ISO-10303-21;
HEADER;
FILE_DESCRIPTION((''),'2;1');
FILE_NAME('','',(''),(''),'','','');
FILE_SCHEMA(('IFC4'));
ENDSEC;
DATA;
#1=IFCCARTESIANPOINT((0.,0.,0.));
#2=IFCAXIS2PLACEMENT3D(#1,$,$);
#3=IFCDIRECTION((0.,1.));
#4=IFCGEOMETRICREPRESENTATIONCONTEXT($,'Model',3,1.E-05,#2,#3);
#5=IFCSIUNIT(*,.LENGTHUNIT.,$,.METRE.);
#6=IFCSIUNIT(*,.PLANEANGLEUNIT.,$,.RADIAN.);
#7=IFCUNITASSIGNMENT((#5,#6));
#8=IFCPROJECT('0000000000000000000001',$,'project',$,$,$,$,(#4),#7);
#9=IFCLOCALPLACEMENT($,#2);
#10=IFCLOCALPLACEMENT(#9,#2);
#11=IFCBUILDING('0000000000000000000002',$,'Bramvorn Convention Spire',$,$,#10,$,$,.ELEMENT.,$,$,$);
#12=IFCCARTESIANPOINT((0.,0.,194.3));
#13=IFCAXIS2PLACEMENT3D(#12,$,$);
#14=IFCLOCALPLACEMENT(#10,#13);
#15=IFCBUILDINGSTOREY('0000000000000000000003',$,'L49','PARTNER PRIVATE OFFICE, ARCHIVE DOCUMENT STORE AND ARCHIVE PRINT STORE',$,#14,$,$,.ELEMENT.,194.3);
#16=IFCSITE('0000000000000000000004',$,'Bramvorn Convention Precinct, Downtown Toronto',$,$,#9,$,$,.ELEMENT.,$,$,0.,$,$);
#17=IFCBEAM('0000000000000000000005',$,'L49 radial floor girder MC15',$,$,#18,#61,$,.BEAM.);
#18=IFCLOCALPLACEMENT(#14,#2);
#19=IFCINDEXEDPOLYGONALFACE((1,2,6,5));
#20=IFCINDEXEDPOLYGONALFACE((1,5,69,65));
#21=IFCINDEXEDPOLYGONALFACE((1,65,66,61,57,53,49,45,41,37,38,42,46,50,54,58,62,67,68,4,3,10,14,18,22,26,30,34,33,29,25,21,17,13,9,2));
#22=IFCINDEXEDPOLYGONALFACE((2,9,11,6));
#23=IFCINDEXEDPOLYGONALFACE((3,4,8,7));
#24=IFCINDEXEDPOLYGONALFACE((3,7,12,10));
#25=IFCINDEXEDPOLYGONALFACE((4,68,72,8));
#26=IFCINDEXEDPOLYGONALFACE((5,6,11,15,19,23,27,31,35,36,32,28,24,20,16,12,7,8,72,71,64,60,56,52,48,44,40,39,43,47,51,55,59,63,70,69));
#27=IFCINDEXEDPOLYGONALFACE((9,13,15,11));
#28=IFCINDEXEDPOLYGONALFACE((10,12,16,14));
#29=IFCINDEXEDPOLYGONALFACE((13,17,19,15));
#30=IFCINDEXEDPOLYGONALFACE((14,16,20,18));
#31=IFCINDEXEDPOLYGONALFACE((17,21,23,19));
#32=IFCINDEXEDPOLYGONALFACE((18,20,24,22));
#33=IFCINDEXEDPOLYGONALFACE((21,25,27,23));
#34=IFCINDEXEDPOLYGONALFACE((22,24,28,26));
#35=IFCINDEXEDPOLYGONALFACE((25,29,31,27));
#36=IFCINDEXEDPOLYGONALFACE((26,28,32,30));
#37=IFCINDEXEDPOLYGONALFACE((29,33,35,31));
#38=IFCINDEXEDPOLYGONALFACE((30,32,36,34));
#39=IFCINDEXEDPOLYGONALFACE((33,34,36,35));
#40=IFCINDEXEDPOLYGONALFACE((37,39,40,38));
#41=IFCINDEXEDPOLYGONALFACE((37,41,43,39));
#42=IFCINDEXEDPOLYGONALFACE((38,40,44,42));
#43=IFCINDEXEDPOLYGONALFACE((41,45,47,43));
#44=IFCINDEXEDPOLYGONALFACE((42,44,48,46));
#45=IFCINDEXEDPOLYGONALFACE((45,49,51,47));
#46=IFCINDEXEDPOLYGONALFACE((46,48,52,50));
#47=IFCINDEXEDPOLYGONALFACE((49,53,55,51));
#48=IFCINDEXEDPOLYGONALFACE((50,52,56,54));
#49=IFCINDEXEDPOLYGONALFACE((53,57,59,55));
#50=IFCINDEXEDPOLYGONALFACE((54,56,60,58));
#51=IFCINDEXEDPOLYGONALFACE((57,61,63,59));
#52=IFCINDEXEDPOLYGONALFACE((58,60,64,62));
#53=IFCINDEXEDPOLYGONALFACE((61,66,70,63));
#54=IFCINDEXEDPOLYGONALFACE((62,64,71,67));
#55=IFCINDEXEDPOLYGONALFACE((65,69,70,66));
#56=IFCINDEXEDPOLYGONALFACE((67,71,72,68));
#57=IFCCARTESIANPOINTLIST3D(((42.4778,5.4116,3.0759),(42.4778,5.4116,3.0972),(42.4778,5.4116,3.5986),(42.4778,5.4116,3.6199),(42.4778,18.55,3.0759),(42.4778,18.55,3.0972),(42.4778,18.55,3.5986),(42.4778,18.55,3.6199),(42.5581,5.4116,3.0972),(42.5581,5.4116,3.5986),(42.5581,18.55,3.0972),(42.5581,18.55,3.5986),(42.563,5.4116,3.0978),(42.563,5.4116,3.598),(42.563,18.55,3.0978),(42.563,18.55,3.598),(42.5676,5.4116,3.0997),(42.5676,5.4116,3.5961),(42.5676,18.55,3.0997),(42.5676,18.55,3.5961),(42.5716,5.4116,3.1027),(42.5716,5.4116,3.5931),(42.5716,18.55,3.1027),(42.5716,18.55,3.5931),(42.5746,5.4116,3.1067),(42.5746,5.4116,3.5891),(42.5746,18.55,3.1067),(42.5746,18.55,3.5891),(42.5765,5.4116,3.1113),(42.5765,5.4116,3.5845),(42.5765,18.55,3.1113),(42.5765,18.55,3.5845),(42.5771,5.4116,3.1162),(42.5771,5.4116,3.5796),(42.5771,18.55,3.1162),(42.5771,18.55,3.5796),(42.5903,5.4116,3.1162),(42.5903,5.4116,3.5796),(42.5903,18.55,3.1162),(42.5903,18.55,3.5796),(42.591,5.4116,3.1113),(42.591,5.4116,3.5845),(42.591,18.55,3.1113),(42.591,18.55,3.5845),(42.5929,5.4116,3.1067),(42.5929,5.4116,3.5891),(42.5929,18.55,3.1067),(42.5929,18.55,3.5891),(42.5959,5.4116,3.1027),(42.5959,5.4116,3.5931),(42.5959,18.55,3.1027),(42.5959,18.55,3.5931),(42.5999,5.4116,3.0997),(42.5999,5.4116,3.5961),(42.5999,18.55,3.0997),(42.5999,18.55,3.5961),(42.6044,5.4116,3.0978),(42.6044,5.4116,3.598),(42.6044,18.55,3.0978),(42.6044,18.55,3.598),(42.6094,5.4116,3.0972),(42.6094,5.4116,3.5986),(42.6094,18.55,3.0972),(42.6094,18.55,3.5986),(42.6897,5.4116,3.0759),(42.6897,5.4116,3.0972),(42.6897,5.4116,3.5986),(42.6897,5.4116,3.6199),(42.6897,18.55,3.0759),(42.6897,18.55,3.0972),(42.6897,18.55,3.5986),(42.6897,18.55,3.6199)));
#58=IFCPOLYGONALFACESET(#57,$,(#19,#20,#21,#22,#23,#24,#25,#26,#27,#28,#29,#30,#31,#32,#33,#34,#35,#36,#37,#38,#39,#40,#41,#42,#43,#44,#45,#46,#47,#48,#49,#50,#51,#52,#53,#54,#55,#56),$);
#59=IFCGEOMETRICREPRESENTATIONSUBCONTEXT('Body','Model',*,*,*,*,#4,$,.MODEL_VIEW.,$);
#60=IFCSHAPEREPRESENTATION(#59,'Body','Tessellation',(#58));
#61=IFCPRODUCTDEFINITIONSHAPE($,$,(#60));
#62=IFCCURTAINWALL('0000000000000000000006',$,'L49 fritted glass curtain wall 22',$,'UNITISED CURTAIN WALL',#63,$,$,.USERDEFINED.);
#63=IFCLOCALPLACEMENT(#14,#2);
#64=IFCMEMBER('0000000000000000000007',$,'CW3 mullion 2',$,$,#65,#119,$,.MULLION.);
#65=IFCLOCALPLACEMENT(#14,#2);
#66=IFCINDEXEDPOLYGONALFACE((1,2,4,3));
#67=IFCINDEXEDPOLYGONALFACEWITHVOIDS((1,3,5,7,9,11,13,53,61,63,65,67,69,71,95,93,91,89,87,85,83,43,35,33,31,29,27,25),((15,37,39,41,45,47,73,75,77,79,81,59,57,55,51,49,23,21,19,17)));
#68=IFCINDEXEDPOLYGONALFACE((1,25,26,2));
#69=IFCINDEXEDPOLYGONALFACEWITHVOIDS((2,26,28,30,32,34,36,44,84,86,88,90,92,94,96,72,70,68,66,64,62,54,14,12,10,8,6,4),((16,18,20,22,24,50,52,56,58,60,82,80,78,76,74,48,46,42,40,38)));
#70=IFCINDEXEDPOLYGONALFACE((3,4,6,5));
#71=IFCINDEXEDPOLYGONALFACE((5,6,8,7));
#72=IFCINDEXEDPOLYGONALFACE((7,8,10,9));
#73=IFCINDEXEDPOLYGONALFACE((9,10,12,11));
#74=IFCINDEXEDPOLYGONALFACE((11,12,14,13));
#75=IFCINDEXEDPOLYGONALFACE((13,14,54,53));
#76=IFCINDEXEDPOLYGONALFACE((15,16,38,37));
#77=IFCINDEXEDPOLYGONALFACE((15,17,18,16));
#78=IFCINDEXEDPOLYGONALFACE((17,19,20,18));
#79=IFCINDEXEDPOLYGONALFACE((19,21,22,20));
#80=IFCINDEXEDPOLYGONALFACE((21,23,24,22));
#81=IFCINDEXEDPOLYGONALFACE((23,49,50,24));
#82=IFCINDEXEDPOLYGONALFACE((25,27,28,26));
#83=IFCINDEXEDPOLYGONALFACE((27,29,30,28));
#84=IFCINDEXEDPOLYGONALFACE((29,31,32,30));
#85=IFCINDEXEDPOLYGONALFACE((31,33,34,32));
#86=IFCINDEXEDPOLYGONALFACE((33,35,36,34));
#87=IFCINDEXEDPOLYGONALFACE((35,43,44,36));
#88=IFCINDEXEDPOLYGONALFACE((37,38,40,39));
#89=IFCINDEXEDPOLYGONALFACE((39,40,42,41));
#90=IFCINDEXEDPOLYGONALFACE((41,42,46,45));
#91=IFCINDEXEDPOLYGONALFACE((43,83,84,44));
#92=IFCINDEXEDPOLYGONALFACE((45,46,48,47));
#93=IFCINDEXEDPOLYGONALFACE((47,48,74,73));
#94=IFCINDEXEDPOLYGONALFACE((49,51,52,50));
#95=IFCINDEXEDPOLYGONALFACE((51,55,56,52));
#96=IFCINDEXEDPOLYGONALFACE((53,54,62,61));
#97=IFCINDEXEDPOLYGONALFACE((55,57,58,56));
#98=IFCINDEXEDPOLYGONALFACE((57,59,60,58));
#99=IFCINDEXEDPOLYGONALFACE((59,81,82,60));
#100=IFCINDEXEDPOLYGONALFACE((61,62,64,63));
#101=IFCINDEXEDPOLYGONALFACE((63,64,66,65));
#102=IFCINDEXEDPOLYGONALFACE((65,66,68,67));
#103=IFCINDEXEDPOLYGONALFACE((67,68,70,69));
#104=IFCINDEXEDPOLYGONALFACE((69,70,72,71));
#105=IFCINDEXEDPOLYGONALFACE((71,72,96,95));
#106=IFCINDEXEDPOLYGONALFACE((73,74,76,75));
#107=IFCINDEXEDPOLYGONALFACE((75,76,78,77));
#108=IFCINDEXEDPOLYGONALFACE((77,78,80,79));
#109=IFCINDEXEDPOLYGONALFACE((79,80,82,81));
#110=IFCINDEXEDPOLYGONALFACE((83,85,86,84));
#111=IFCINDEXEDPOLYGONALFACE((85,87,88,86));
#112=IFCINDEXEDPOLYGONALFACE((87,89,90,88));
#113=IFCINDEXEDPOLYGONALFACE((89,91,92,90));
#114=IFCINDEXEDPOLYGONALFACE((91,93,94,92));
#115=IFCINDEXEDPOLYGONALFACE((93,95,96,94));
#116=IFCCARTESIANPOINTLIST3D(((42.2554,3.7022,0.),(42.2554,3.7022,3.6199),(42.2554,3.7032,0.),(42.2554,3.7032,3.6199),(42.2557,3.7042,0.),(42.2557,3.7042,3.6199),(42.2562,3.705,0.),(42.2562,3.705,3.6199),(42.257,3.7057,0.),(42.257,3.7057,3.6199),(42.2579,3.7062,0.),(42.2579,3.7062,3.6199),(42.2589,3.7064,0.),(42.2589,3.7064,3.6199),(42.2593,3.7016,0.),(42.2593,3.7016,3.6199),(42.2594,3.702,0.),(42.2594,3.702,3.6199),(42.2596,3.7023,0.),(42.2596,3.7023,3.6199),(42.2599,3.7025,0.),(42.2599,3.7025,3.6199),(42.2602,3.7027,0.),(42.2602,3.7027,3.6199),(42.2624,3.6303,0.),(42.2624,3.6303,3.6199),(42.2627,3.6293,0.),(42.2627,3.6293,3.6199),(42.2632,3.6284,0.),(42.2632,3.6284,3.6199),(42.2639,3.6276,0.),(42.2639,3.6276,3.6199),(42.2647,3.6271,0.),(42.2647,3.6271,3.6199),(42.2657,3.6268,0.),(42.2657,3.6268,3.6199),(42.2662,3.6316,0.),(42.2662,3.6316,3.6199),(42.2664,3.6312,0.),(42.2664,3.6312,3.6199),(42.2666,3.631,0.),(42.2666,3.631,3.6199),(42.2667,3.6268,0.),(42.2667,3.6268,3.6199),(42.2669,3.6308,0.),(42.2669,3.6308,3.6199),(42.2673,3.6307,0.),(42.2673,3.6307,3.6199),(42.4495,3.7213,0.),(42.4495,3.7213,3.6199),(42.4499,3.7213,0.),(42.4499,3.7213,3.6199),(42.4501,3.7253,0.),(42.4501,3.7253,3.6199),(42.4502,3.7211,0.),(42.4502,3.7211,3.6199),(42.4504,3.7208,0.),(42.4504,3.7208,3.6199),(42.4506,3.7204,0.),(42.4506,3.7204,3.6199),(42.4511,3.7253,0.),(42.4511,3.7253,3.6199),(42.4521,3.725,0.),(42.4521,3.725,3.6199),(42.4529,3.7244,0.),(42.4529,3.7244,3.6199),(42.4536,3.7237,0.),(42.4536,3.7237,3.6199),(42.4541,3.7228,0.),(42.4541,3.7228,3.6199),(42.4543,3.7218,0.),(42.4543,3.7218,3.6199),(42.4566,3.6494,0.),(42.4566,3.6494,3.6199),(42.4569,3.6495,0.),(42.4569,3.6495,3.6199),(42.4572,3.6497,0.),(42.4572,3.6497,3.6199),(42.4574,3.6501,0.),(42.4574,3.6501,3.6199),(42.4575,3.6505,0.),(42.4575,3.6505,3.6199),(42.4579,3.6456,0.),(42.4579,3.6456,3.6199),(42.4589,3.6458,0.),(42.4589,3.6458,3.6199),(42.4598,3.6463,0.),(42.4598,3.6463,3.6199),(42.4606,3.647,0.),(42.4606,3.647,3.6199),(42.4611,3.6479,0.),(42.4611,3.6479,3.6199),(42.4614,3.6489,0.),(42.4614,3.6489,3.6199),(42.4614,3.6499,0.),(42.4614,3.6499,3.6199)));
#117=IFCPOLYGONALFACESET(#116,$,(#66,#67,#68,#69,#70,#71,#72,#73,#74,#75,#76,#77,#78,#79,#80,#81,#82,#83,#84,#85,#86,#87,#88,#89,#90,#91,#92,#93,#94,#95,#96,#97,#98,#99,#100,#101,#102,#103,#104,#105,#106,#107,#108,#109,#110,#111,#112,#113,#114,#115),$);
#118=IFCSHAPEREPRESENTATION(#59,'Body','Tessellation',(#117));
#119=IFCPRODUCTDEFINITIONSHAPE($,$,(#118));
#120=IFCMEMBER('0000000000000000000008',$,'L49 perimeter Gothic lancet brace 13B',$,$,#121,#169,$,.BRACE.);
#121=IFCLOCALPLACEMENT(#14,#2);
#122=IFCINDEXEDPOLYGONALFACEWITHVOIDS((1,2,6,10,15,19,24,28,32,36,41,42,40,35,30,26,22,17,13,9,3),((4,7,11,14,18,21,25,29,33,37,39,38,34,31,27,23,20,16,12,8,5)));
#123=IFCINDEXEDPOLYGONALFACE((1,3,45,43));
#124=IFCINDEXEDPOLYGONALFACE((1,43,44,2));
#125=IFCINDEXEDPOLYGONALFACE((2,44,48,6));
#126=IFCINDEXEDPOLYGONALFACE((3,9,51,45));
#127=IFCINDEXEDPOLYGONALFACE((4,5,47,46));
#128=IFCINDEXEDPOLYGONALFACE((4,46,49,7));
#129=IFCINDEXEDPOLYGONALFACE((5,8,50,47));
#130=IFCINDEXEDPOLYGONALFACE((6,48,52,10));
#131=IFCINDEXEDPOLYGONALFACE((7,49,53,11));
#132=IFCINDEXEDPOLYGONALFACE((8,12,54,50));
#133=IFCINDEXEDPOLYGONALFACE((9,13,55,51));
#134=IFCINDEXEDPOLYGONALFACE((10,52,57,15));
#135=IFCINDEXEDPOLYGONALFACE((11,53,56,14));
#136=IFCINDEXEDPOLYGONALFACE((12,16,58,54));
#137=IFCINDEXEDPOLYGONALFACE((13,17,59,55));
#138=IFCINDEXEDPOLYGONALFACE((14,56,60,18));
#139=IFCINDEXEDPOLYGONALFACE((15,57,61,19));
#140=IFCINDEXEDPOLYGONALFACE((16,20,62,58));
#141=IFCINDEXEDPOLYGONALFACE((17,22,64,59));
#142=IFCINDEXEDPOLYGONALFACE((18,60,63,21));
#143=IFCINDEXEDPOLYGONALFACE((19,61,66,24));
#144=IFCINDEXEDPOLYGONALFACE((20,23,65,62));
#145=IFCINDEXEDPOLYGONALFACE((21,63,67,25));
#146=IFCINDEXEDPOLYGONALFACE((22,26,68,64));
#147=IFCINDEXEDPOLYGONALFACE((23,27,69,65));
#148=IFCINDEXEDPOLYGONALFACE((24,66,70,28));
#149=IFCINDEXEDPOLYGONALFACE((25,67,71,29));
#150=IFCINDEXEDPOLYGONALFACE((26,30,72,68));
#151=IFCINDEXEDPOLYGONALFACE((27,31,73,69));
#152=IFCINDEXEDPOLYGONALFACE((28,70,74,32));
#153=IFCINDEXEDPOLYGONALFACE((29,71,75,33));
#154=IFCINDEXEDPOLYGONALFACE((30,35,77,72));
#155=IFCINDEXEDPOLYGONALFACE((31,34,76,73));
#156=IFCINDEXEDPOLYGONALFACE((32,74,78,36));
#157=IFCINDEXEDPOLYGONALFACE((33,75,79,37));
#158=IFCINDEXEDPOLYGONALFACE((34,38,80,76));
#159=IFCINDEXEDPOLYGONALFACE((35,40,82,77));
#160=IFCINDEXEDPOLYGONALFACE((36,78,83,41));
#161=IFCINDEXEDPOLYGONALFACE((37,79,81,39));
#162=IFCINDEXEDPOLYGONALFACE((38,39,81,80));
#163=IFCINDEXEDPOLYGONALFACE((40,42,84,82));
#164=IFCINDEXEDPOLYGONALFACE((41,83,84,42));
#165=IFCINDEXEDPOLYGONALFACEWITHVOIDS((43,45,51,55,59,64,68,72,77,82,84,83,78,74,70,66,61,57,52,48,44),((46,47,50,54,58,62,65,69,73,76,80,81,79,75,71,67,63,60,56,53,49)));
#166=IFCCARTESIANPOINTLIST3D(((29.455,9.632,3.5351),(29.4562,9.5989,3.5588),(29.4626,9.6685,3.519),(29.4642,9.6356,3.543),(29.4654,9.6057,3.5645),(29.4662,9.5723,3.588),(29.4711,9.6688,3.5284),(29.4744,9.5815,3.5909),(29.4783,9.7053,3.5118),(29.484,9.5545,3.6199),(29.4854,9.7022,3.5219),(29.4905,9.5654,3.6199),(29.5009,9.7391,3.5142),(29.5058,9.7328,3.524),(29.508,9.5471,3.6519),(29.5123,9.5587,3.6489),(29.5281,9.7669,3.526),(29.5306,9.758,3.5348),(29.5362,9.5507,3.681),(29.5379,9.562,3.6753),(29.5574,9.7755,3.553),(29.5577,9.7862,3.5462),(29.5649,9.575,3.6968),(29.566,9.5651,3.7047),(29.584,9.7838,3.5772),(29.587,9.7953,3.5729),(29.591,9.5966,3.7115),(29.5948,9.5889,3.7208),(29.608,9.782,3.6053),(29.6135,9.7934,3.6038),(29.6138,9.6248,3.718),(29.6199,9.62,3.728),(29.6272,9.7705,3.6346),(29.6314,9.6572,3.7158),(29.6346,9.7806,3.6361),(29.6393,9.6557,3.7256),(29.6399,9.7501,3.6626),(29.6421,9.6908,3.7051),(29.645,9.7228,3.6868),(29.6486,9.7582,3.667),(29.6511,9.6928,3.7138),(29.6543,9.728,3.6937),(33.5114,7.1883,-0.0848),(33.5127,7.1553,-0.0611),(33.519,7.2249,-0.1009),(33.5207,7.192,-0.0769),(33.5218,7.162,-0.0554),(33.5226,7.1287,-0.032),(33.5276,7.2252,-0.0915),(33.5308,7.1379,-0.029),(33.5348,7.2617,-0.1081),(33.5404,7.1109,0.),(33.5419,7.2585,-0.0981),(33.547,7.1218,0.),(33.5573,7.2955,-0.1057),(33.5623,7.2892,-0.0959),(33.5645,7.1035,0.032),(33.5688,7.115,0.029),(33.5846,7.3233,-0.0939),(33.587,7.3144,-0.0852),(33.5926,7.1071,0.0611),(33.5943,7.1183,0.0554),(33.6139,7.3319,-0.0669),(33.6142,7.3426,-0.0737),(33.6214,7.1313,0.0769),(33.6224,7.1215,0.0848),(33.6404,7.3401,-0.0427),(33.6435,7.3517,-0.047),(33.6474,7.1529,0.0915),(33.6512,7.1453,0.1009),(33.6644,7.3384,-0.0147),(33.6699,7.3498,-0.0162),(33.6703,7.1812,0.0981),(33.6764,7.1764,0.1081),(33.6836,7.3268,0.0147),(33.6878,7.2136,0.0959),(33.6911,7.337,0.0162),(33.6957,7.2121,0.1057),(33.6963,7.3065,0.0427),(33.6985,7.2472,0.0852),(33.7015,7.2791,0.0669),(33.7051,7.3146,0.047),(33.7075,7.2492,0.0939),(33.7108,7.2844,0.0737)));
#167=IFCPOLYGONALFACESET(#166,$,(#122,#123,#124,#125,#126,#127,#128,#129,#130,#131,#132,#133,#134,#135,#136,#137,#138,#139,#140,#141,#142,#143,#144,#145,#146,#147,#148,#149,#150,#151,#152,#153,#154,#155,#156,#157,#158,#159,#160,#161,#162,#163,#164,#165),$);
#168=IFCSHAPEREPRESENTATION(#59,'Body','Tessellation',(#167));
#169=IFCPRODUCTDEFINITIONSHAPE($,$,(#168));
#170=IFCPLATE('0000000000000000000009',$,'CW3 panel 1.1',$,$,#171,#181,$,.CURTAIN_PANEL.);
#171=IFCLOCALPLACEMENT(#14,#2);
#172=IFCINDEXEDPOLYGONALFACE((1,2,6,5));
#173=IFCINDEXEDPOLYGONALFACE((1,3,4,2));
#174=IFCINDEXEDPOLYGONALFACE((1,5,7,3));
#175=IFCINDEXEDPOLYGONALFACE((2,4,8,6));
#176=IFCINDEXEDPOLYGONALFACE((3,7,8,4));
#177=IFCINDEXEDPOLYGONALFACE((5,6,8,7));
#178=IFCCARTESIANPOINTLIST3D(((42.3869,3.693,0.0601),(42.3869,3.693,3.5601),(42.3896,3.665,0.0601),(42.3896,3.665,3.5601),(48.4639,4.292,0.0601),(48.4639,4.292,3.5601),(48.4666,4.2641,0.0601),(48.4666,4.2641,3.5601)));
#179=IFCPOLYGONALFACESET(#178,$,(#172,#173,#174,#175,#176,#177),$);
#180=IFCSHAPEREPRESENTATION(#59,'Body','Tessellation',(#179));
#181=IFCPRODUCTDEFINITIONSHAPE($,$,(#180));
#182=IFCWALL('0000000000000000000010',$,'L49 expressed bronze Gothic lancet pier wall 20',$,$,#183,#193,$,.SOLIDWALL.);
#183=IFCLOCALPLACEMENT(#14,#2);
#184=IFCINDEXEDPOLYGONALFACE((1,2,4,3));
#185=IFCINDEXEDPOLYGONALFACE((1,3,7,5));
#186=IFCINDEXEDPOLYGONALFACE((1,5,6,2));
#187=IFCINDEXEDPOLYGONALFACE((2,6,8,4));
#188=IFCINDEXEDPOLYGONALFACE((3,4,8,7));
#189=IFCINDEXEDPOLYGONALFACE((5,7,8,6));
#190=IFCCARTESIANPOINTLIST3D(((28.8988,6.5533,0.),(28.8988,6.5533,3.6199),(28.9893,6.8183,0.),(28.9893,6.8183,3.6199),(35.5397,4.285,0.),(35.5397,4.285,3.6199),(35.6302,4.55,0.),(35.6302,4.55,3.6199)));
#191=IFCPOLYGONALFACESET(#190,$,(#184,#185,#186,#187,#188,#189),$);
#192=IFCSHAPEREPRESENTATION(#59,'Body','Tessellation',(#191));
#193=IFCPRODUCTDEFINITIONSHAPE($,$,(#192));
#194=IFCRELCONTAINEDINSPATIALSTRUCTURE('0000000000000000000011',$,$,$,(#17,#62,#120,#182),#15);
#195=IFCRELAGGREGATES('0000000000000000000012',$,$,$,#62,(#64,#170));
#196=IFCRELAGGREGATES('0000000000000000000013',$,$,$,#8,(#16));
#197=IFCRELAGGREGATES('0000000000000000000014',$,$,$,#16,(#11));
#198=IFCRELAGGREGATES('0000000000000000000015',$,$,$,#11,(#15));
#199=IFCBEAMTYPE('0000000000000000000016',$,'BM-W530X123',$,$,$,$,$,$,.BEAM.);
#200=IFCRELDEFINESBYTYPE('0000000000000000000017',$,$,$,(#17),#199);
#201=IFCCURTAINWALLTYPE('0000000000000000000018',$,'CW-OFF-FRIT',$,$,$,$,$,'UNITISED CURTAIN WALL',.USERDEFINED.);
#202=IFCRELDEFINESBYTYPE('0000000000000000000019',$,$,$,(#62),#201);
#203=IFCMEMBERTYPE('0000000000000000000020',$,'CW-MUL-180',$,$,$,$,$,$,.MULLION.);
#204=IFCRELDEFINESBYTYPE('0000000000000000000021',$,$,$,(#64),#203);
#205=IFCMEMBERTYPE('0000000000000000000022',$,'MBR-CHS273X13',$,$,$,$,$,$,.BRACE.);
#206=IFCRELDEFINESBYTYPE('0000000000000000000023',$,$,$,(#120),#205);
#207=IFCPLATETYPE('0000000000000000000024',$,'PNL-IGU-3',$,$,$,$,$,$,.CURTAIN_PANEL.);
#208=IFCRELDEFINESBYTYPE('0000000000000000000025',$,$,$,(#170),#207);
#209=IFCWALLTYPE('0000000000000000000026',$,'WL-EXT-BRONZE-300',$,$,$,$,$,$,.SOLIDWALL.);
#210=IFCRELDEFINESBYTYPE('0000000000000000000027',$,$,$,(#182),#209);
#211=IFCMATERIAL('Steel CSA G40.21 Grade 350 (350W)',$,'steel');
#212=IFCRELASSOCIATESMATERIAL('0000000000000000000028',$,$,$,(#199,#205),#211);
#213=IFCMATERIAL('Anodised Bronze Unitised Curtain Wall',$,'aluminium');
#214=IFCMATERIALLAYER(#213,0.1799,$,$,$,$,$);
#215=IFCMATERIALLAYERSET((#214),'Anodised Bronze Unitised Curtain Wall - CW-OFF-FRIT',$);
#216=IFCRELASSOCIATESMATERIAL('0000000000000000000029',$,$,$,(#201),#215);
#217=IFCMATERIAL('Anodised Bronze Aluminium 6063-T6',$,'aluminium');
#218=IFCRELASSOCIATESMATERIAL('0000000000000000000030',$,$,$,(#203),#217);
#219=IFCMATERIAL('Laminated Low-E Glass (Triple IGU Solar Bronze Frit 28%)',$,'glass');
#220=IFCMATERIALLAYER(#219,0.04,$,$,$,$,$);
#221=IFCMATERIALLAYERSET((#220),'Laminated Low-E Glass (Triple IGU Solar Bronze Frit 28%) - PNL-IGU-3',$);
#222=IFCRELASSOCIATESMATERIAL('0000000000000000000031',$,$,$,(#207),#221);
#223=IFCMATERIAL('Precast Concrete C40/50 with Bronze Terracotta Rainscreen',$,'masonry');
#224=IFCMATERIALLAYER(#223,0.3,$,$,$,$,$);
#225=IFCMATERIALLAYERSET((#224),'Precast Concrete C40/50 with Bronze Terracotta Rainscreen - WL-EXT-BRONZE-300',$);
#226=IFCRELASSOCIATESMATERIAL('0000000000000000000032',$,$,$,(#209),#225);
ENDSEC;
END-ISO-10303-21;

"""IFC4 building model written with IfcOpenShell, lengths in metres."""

from ifc_helpers import new_model, si_unit, direction, frame, frame_2d, origin, origin_2d, place, context, subcontext, project, spatial, rectangle, hollow_rectangle, hollow_circle, i_section, extrude, material, layer, layer_set, material_profile, profile_set, type_object, element, aggregate, save


model = new_model("IFC4")

# Units and contexts
model_context = context("Model", 3, precision=1e-05, world=origin(), true_north=direction((0.0, 1.0)))
body_context = subcontext(model_context, "Body", "Model", "MODEL_VIEW")
ifc_project = project(units=[si_unit("LENGTHUNIT", "METRE"), si_unit("PLANEANGLEUNIT", "RADIAN")], contexts=[model_context])

# Site, building, storey
site_placement = place(None, origin())
site = spatial("IfcSite", under=ifc_project, at=site_placement, Name="Bramvorn Convention Precinct, Downtown Toronto", CompositionType="ELEMENT", RefElevation=0.0)
building_placement = place(site_placement, origin())
building = spatial("IfcBuilding", under=site, at=building_placement, Name="Bramvorn Convention Spire", CompositionType="ELEMENT")
storey_placement = place(building_placement, frame((0.0, 0.0, 194.3)))
storey = spatial("IfcBuildingStorey", under=building, at=storey_placement, Name="L49", Description="PARTNER PRIVATE OFFICE, ARCHIVE DOCUMENT STORE AND ARCHIVE PRINT STORE", CompositionType="ELEMENT", Elevation=194.3)

# Shared definitions
ifc_material_1 = material(Name="Steel CSA G40.21 Grade 350 (350W)", Category="steel")

# Beam
ifc_material_profile_1 = material_profile(ifc_material_1, i_section(OverallWidth=0.2119, OverallDepth=0.5439, WebThickness=0.0132, FlangeThickness=0.0212, FilletRadius=0.019, at=origin_2d()))
ifc_profile_set_1 = profile_set([ifc_material_profile_1], Name="Steel CSA G40.21 Grade 350 (350W) - W530X123")
beam_type_1 = type_object("IfcBeamType", Name="BM-W530X123", PredefinedType="BEAM", material=ifc_profile_set_1)
beam_1_placement = place(storey_placement, frame((42.5837, 18.55, 3.3479), z_axis=(0.0, -1.0, 0.0), x_axis=(1.0, 0.0, 0.0)))
element("IfcBeam", 1, at=beam_1_placement, inside=storey, type_object=beam_type_1, Name="L49 radial floor girder MC15", PredefinedType="BEAM", context=body_context, shape_type="SweptSolid", body=[
    extrude(i_section(OverallWidth=0.2119, OverallDepth=0.5439, WebThickness=0.0132, FlangeThickness=0.0212, FilletRadius=0.019, at=origin_2d()), origin(), (0.0, 0.0, 1.0), 13.1384),
])

# Curtain wall, member
ifc_material_2 = material(Name="Anodised Bronze Unitised Curtain Wall", Category="aluminium")
ifc_layer_1 = layer(ifc_material_2, 0.1799)
ifc_layer_set_1 = layer_set([ifc_layer_1], Name="Anodised Bronze Unitised Curtain Wall - CW-OFF-FRIT")
curtain_wall_type = type_object("IfcCurtainWallType", Name="CW-OFF-FRIT", ElementType="UNITISED CURTAIN WALL", PredefinedType="USERDEFINED", material=ifc_layer_set_1)
curtain_wall_placement = place(storey_placement, origin())
curtain_wall = element("IfcCurtainWall", 2, at=curtain_wall_placement, inside=storey, type_object=curtain_wall_type, Name="L49 fritted glass curtain wall 22", ObjectType="UNITISED CURTAIN WALL", PredefinedType="USERDEFINED")
ifc_material_3 = material(Name="Anodised Bronze Aluminium 6063-T6", Category="aluminium")
ifc_material_profile_2 = material_profile(ifc_material_3, hollow_rectangle(XDim=0.0801, YDim=0.2, WallThickness=0.0039, InnerFilletRadius=0.001, OuterFilletRadius=0.0039, at=origin_2d()))
ifc_profile_set_2 = profile_set([ifc_material_profile_2], Name="Anodised Bronze Aluminium 6063-T6 - CWM80X200")
member_type_1 = type_object("IfcMemberType", Name="CW-MUL-180", PredefinedType="MULLION", material=ifc_profile_set_2)
member_1_placement = place(storey_placement, frame((42.3584, 3.676, 0.0), z_axis=(0.0, 0.0, 1.0), x_axis=(0.098099, -0.995177, 0.0)))
member_1 = element("IfcMember", 3, at=member_1_placement, type_object=member_type_1, Name="CW3 mullion 2", PredefinedType="MULLION", context=body_context, shape_type="SweptSolid", body=[
    extrude(hollow_rectangle(XDim=0.0801, YDim=0.2, WallThickness=0.0039, InnerFilletRadius=0.001, OuterFilletRadius=0.0039, at=origin_2d()), origin(), (0.0, 0.0, 1.0), 3.6199),
])

# Member
ifc_material_profile_3 = material_profile(ifc_material_1, hollow_circle(Radius=0.1365, WallThickness=0.0127, at=origin_2d()))
ifc_profile_set_3 = profile_set([ifc_material_profile_3], Name="Steel CSA G40.21 Grade 350 (350W) - CHS273X13")
member_type_2 = type_object("IfcMemberType", Name="MBR-CHS273X13", PredefinedType="BRACE", material=ifc_profile_set_3)
member_2_placement = place(storey_placement, frame((33.6108, 7.2278, 0.0), z_axis=(-0.680532, 0.409958, 0.607298), x_axis=(-0.516011, -0.856582, 0.0)))
element("IfcMember", 4, at=member_2_placement, inside=storey, type_object=member_type_2, Name="L49 perimeter Gothic lancet brace 13B", PredefinedType="BRACE", context=body_context, shape_type="SweptSolid", body=[
    extrude(hollow_circle(Radius=0.1365, WallThickness=0.0127, at=origin_2d()), origin(), (0.0, 0.0, 1.0), 5.9607),
])

# Plate
ifc_material_4 = material(Name="Laminated Low-E Glass (Triple IGU Solar Bronze Frit 28%)", Category="glass")
ifc_layer_2 = layer(ifc_material_4, 0.04)
ifc_layer_set_2 = layer_set([ifc_layer_2], Name="Laminated Low-E Glass (Triple IGU Solar Bronze Frit 28%) - PNL-IGU-3")
plate_type = type_object("IfcPlateType", Name="PNL-IGU-3", PredefinedType="CURTAIN_PANEL", material=ifc_layer_set_2)
plate_placement = place(storey_placement, frame((45.4268, 3.9785, 0.0601), z_axis=(0.0, 0.0, 1.0), x_axis=(-0.995177, -0.098099, 0.0)))
plate = element("IfcPlate", 5, at=plate_placement, type_object=plate_type, Name="CW3 panel 1.1", PredefinedType="CURTAIN_PANEL", context=body_context, shape_type="SweptSolid", body=[
    extrude(rectangle(XDim=6.1064, YDim=0.0281, at=origin_2d()), origin(), (0.0, 0.0, 1.0), 3.5),
])
aggregate(curtain_wall, [member_1, plate])

# Wall
ifc_material_5 = material(Name="Precast Concrete C40/50 with Bronze Terracotta Rainscreen", Category="masonry")
ifc_layer_3 = layer(ifc_material_5, 0.3)
ifc_layer_set_3 = layer_set([ifc_layer_3], Name="Precast Concrete C40/50 with Bronze Terracotta Rainscreen - WL-EXT-BRONZE-300")
wall_type_1 = type_object("IfcWallType", Name="WL-EXT-BRONZE-300", PredefinedType="SOLIDWALL", material=ifc_layer_set_3)
wall_1_placement = place(storey_placement, frame((35.585, 4.4175, 0.0), z_axis=(0.0, 0.0, 1.0), x_axis=(-0.946319, 0.323233, 0.0)))
element("IfcWall", 6, at=wall_1_placement, inside=storey, type_object=wall_type_1, Name="L49 expressed bronze Gothic lancet pier wall 20", PredefinedType="SOLIDWALL", context=body_context, shape_type="SweptSolid", body=[
    extrude(rectangle(XDim=7.0176, YDim=0.28, at=frame_2d((3.5088, 0.0))), origin(), (0.0, 0.0, 1.0), 3.6199),
])

save(model, "model.ifc")
